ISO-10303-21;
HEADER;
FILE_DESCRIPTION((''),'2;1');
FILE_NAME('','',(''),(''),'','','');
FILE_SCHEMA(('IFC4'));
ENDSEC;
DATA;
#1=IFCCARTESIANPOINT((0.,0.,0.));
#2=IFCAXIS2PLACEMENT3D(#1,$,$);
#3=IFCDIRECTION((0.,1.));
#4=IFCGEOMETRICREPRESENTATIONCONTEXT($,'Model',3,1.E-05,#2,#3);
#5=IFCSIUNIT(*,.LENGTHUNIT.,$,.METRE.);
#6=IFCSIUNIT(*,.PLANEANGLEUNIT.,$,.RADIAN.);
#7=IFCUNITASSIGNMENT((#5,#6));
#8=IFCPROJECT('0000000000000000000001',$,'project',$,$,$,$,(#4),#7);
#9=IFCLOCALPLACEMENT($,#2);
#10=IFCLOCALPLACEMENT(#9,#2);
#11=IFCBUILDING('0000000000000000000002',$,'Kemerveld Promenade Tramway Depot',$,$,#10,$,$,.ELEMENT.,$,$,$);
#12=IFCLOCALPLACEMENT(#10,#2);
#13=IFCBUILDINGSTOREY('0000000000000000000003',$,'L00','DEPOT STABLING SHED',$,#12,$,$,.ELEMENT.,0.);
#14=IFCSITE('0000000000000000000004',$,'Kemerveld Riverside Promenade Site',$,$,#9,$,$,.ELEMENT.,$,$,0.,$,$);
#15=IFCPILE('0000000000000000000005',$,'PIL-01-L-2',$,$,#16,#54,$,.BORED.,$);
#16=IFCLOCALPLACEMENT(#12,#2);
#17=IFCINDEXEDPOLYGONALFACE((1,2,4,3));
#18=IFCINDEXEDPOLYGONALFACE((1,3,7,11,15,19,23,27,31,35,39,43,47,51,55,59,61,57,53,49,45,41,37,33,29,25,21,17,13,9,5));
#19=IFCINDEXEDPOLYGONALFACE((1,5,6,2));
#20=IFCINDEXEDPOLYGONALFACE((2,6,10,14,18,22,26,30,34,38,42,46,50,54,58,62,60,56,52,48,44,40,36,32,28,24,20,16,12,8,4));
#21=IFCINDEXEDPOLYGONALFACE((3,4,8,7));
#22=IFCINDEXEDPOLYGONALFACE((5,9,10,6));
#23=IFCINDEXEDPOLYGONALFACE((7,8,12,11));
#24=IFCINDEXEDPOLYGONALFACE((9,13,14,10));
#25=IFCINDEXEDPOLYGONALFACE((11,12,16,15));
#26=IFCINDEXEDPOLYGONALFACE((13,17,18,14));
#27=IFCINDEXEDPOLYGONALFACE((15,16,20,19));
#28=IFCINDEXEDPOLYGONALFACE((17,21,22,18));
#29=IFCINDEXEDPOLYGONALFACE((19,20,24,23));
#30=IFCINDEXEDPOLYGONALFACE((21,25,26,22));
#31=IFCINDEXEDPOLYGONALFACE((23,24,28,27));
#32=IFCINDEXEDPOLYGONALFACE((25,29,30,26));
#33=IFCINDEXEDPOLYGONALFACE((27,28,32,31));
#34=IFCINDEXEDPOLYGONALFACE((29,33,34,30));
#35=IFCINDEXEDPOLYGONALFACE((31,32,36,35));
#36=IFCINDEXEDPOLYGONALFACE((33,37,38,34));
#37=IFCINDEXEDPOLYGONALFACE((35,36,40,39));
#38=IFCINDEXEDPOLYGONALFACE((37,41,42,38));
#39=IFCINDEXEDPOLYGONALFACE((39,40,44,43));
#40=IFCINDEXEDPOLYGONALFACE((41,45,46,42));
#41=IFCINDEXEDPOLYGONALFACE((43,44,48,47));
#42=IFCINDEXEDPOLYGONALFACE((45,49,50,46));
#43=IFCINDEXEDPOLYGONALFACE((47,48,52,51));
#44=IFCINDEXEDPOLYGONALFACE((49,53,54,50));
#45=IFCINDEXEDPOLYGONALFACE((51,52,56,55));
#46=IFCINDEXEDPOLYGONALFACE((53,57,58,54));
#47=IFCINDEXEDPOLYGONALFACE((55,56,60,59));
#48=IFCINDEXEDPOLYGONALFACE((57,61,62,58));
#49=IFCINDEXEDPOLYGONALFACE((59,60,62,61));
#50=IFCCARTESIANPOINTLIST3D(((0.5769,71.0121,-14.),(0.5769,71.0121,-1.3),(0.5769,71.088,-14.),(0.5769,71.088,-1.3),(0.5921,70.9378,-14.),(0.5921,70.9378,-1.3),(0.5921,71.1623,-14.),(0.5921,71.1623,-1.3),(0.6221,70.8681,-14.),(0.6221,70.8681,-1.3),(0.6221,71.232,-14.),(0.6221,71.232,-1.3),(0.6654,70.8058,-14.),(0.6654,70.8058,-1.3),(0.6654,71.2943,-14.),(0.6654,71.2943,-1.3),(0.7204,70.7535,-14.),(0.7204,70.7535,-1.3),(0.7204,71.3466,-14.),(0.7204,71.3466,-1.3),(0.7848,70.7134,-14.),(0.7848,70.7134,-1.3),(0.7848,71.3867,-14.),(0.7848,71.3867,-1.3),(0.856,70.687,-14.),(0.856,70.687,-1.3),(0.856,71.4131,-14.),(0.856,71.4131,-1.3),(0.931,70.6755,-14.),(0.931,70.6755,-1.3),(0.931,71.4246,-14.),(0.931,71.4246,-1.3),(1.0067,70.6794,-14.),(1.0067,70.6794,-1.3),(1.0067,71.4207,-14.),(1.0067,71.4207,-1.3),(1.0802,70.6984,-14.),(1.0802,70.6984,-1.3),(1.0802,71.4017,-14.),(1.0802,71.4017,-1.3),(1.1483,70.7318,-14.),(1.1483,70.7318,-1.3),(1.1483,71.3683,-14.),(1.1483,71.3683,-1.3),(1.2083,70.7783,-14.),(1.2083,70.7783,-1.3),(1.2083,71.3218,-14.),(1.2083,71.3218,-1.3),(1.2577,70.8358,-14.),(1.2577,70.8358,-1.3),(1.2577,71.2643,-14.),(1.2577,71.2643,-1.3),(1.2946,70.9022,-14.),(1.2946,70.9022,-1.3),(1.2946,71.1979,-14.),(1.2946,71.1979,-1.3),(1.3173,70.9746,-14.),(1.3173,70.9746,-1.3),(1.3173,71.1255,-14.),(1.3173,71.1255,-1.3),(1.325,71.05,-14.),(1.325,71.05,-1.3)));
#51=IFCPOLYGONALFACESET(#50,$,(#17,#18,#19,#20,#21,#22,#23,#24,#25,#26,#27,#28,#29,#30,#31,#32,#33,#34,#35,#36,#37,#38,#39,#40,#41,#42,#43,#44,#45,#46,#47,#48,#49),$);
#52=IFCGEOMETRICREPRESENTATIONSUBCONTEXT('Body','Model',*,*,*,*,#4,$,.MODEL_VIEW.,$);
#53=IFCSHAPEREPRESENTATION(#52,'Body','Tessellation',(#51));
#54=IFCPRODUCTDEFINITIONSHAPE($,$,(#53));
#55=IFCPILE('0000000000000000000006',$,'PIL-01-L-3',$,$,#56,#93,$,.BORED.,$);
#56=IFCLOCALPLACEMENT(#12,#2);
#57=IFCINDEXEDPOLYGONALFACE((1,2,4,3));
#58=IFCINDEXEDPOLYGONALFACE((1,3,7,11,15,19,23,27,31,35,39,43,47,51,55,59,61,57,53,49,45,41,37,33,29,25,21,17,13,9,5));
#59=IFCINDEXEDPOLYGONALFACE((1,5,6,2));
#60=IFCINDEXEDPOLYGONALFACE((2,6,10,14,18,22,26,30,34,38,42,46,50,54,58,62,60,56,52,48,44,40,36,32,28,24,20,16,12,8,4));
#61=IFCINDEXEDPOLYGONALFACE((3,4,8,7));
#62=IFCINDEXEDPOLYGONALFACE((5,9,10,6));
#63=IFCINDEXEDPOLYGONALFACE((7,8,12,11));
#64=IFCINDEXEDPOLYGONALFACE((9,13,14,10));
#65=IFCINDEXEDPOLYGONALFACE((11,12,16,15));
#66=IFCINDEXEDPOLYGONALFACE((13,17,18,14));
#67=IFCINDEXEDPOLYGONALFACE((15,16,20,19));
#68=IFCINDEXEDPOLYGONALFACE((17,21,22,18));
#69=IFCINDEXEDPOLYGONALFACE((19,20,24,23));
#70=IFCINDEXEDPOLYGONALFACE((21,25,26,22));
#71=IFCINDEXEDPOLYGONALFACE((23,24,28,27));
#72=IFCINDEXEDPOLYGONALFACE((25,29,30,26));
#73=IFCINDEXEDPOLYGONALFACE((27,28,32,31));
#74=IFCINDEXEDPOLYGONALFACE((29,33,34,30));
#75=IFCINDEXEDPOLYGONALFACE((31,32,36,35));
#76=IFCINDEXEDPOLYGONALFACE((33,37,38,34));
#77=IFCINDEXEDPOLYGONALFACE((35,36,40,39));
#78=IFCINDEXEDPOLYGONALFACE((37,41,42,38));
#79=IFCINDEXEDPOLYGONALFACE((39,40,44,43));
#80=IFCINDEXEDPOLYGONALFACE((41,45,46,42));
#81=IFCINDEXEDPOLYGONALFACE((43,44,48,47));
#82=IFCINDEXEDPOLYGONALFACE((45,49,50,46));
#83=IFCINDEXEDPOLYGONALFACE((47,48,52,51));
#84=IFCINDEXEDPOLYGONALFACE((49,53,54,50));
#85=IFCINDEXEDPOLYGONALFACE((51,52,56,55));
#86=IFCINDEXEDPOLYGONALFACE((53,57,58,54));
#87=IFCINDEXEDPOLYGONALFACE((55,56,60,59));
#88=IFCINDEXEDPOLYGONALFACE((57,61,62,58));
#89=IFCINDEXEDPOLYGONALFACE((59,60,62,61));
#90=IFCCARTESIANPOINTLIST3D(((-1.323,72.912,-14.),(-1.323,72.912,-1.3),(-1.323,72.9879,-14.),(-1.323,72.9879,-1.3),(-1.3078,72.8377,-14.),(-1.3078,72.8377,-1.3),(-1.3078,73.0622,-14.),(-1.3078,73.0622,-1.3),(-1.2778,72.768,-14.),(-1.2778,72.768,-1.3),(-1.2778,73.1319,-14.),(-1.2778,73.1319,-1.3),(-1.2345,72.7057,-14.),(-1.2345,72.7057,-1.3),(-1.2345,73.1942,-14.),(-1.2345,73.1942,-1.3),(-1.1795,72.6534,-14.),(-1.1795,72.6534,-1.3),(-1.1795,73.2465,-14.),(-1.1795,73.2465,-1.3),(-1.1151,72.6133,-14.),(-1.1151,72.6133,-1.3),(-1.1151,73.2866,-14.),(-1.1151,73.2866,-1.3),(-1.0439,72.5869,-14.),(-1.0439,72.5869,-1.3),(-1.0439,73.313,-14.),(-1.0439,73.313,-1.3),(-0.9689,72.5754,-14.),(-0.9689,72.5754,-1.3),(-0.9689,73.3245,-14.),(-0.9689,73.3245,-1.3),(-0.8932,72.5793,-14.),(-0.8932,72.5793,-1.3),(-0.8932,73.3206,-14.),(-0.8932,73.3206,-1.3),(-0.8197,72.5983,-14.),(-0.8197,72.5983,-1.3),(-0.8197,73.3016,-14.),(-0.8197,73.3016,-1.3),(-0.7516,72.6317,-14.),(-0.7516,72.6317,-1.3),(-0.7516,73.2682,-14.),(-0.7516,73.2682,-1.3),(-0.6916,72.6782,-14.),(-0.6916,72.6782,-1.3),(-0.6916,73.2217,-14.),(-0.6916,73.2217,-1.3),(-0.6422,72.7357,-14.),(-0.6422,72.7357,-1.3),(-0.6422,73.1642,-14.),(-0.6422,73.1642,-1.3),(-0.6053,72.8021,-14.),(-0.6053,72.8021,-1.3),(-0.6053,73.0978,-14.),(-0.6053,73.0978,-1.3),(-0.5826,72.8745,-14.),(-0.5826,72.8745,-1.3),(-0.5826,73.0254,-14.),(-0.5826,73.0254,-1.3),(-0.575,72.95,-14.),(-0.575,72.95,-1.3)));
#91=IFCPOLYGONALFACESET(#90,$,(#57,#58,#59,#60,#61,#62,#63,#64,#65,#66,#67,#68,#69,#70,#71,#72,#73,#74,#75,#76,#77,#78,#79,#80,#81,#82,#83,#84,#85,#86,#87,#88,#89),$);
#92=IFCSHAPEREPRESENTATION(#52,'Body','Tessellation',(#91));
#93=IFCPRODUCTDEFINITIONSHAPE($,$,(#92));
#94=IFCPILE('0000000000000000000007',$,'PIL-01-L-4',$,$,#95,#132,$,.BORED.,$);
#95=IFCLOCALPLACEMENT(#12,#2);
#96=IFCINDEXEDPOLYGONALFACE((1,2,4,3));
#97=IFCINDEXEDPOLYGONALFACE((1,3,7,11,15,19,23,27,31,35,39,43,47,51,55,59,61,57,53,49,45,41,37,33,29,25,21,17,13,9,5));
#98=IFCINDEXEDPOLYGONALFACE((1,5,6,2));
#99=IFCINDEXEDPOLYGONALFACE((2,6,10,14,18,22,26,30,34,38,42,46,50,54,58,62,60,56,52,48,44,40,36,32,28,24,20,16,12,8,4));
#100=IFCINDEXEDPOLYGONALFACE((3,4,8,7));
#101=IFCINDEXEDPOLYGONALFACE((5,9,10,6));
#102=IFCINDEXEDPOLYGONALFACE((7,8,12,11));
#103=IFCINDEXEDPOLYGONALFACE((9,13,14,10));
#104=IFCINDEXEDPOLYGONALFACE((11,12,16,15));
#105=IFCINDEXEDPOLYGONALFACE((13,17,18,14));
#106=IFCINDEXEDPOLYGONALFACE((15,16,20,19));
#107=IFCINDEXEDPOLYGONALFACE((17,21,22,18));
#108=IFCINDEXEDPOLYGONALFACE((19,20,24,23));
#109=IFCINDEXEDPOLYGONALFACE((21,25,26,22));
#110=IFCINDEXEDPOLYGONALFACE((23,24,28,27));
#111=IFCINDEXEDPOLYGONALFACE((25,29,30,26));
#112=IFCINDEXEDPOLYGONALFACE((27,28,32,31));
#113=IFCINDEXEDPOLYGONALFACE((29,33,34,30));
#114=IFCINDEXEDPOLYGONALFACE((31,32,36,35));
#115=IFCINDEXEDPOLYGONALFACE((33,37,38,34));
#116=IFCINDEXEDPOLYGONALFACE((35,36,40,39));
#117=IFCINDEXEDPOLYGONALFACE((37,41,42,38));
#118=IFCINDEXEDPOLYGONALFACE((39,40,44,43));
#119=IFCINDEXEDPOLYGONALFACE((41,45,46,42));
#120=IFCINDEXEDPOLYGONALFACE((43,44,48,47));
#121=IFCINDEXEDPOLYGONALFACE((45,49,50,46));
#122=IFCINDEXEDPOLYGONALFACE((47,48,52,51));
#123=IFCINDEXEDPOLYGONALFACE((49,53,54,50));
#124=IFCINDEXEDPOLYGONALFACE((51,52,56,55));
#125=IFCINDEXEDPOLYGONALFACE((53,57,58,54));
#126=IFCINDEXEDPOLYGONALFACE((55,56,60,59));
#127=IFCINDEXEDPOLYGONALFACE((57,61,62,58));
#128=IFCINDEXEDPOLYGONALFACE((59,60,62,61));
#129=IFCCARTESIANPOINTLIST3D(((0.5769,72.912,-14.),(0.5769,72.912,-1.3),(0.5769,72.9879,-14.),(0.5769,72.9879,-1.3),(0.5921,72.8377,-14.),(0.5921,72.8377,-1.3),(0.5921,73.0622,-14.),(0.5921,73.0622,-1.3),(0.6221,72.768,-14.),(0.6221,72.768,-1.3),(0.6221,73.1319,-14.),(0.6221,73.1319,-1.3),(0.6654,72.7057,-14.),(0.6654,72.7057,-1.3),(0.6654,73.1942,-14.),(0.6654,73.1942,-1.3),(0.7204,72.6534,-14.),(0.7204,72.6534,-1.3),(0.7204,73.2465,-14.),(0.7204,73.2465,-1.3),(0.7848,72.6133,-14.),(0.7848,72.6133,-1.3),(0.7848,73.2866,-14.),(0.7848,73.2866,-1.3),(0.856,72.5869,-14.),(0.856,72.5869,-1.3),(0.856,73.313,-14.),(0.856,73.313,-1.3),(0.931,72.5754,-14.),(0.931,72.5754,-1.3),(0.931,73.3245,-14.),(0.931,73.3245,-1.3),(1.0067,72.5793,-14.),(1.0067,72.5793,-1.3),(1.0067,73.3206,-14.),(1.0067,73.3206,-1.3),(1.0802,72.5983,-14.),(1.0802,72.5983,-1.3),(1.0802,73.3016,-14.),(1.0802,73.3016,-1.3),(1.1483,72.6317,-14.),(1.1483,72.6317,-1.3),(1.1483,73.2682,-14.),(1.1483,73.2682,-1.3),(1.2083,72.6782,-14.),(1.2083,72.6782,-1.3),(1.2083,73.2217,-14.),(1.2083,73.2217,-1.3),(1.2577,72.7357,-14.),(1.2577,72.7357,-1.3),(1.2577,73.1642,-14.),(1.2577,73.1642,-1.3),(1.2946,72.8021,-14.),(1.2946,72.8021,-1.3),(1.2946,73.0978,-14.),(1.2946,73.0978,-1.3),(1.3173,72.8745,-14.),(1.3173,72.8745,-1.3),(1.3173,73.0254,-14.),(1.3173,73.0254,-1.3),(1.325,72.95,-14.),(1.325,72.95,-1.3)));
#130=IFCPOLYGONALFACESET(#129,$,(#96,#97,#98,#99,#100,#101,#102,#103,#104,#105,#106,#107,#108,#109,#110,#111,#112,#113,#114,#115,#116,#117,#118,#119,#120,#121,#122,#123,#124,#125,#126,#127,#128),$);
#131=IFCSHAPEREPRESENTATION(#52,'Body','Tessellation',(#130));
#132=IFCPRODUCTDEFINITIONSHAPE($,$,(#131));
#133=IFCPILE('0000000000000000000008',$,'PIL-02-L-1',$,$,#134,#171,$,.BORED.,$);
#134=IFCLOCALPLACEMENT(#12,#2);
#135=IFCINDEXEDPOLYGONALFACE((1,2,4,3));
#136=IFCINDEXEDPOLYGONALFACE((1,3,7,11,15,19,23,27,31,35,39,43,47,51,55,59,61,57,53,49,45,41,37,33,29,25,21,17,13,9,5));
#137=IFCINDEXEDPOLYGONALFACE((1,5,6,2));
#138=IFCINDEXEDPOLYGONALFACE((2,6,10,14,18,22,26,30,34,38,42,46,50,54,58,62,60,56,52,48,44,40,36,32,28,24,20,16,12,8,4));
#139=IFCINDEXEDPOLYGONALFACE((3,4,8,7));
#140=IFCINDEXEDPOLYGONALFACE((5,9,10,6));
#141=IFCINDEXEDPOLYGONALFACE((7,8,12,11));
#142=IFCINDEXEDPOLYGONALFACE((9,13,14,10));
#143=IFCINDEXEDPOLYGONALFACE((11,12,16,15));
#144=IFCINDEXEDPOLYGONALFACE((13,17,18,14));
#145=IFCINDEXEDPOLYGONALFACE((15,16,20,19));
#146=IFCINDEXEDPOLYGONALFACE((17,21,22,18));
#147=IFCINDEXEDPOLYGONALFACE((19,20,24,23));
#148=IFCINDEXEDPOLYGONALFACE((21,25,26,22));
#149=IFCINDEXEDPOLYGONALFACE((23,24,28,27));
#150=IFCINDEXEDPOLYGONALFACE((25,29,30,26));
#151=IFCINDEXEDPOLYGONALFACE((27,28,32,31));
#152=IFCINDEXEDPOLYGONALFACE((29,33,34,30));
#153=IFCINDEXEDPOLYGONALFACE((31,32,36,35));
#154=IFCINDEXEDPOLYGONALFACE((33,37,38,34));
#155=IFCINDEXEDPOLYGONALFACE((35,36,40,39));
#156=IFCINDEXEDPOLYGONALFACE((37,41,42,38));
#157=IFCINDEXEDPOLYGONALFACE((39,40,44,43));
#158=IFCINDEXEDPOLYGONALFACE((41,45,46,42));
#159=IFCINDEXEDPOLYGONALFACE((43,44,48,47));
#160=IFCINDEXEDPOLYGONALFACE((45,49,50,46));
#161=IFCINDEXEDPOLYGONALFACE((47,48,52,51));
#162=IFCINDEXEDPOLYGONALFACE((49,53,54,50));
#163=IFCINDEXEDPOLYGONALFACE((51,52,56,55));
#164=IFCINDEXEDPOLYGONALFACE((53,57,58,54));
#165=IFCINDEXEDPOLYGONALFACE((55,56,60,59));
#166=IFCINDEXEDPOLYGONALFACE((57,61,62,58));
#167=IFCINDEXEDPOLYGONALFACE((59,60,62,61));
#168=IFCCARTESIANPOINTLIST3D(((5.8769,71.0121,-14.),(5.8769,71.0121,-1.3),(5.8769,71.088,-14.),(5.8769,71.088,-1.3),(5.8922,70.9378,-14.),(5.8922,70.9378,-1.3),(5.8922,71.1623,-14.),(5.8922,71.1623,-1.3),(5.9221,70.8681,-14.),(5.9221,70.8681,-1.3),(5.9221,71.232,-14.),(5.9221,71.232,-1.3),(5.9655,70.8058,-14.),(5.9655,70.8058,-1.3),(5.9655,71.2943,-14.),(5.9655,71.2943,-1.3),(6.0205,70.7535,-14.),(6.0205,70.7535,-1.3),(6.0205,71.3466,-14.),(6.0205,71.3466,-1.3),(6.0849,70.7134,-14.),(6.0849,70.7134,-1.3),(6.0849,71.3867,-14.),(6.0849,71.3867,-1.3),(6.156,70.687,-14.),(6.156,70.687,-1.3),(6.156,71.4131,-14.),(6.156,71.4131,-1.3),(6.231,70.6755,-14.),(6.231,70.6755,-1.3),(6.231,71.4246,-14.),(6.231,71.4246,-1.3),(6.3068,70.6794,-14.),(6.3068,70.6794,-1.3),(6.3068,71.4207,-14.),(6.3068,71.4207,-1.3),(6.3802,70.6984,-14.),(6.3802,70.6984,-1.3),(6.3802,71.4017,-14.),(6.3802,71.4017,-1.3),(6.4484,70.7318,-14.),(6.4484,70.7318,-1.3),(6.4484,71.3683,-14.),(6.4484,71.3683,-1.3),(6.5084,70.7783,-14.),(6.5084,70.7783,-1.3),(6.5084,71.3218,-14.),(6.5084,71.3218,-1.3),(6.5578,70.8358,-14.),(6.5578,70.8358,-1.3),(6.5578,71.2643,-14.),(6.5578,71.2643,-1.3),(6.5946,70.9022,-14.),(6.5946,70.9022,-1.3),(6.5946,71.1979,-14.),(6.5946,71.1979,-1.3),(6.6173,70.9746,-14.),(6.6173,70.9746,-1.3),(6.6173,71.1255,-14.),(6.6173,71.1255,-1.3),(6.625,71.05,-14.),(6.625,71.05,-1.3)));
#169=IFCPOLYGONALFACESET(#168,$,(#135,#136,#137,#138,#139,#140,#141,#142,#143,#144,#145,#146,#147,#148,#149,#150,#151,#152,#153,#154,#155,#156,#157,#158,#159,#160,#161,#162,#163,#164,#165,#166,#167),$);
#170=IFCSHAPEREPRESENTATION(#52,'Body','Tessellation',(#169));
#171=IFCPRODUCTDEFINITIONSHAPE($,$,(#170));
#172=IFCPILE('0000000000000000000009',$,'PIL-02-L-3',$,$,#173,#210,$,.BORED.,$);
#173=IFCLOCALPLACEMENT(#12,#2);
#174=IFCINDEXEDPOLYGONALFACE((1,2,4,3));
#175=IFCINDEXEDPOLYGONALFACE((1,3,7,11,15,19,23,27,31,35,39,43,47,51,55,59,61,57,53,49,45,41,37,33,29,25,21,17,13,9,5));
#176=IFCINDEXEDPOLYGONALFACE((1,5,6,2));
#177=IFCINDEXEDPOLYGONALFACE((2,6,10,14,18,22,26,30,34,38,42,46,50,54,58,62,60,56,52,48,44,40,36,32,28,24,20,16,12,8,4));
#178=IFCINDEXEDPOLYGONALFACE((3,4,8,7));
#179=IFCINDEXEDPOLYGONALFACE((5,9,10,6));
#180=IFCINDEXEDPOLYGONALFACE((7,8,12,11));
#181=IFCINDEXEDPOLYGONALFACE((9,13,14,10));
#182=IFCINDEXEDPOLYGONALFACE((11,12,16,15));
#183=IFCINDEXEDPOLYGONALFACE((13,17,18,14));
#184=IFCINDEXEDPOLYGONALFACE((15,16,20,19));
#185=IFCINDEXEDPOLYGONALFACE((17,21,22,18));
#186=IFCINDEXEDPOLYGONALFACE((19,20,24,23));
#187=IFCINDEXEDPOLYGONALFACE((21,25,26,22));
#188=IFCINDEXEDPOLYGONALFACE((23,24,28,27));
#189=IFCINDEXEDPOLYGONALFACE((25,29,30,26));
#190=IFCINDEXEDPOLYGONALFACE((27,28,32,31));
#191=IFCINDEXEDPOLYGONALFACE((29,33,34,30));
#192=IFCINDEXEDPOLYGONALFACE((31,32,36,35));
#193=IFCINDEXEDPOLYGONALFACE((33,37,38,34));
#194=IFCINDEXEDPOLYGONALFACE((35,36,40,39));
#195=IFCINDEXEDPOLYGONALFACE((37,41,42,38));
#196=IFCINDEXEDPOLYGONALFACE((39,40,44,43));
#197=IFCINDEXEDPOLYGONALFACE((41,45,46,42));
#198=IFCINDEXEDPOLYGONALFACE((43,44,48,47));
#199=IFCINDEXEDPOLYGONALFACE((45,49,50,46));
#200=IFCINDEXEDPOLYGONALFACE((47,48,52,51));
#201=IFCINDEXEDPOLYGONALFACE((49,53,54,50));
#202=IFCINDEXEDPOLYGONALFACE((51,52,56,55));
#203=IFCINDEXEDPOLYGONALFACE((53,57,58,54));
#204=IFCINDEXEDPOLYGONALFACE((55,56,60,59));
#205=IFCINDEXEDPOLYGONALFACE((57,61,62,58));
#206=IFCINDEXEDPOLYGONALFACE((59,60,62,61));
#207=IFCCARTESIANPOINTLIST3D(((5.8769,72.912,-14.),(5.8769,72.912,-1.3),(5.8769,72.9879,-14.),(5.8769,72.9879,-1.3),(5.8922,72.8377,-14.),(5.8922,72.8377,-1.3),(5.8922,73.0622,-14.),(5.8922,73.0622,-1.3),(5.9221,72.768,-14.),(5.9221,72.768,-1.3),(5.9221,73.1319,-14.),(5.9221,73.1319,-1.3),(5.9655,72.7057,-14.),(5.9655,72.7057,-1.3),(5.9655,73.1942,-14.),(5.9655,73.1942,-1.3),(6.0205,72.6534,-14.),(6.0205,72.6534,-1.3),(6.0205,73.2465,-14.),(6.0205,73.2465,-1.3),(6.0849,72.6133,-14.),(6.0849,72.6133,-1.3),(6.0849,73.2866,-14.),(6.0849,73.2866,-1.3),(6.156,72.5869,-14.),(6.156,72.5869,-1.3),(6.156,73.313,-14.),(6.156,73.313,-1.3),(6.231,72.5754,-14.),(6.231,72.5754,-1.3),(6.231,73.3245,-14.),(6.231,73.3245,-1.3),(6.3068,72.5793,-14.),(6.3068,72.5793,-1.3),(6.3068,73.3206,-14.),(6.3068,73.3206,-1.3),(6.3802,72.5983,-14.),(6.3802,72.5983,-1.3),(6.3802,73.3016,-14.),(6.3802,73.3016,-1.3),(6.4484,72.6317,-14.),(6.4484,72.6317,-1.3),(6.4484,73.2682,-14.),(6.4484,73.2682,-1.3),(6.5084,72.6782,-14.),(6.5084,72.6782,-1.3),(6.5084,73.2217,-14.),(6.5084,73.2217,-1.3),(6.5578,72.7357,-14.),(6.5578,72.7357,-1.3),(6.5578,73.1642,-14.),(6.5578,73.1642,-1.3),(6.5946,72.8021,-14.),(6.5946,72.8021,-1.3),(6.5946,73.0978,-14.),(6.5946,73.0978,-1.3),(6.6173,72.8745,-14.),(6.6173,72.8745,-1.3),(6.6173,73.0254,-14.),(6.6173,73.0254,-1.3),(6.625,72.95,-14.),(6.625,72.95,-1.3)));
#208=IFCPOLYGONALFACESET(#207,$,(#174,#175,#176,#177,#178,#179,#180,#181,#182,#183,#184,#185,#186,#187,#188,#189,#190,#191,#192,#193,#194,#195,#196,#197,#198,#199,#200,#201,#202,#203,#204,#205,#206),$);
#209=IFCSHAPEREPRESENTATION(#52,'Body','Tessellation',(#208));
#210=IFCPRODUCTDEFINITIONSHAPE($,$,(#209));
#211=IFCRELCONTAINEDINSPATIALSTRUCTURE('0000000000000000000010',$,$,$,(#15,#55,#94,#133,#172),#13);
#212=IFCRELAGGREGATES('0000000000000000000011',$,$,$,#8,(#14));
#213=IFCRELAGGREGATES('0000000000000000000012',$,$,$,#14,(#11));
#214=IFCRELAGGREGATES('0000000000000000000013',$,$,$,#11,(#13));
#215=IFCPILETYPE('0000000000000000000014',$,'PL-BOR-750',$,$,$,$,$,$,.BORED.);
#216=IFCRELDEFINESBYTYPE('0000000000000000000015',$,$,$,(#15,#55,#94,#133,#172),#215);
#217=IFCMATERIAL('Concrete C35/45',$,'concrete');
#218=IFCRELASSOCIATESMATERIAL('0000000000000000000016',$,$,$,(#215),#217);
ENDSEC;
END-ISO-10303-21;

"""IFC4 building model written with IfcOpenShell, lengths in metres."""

from ifc_helpers import new_model, si_unit, direction, frame, origin, origin_2d, place, context, subcontext, project, spatial, circle, extrude, material, material_profile, profile_set, type_object, element, save


model = new_model("IFC4")

# Units and contexts
model_context = context("Model", 3, precision=1e-05, world=origin(), true_north=direction((0.0, 1.0)))
body_context = subcontext(model_context, "Body", "Model", "MODEL_VIEW")
ifc_project = project(units=[si_unit("LENGTHUNIT", "METRE"), si_unit("PLANEANGLEUNIT", "RADIAN")], contexts=[model_context])

# Site, building, storey
site_placement = place(None, origin())
site = spatial("IfcSite", under=ifc_project, at=site_placement, Name="Kemerveld Riverside Promenade Site", CompositionType="ELEMENT", RefElevation=0.0)
building_placement = place(site_placement, origin())
building = spatial("IfcBuilding", under=site, at=building_placement, Name="Kemerveld Promenade Tramway Depot", CompositionType="ELEMENT")
storey_placement = place(building_placement, origin())
storey = spatial("IfcBuildingStorey", under=building, at=storey_placement, Name="L00", Description="DEPOT STABLING SHED", CompositionType="ELEMENT", Elevation=0.0)

# Shared definitions
ifc_material_1 = material(Name="Concrete C35/45", Category="concrete")

# Piles
ifc_material_profile_1 = material_profile(ifc_material_1, circle(Radius=0.375, at=origin_2d()), Name="PILE-D750")
ifc_profile_set_1 = profile_set([ifc_material_profile_1], Name="Concrete C35/45")
pile_type_1 = type_object("IfcPileType", Name="PL-BOR-750", PredefinedType="BORED", material=ifc_profile_set_1)
for number, where, z_axis, x_axis, name in (
    (1, (0.95, 71.05, -1.3), (0.0, 0.0, -1.0), (1.0, 0.0, 0.0), "PIL-01-L-2"),
    (2, (-0.95, 72.95, -1.3), (0.0, 0.0, -1.0), (1.0, 0.0, 0.0), "PIL-01-L-3"),
    (3, (0.95, 72.95, -1.3), (0.0, 0.0, -1.0), (1.0, 0.0, 0.0), "PIL-01-L-4"),
    (4, (6.25, 71.05, -1.3), (0.0, 0.0, -1.0), (1.0, 0.0, 0.0), "PIL-02-L-1"),
    (5, (6.25, 72.95, -1.3), (0.0, 0.0, -1.0), (1.0, 0.0, 0.0), "PIL-02-L-3"),
):
    element("IfcPile", number, at=place(storey_placement, frame(where, z_axis=z_axis, x_axis=x_axis)), inside=storey, type_object=pile_type_1, Name=name, PredefinedType="BORED", context=body_context, shape_type="SweptSolid", body=[
        extrude(circle(Radius=0.375, at=origin_2d()), origin(), (0.0, 0.0, 1.0), 12.7),
    ])

save(model, "model.ifc")
